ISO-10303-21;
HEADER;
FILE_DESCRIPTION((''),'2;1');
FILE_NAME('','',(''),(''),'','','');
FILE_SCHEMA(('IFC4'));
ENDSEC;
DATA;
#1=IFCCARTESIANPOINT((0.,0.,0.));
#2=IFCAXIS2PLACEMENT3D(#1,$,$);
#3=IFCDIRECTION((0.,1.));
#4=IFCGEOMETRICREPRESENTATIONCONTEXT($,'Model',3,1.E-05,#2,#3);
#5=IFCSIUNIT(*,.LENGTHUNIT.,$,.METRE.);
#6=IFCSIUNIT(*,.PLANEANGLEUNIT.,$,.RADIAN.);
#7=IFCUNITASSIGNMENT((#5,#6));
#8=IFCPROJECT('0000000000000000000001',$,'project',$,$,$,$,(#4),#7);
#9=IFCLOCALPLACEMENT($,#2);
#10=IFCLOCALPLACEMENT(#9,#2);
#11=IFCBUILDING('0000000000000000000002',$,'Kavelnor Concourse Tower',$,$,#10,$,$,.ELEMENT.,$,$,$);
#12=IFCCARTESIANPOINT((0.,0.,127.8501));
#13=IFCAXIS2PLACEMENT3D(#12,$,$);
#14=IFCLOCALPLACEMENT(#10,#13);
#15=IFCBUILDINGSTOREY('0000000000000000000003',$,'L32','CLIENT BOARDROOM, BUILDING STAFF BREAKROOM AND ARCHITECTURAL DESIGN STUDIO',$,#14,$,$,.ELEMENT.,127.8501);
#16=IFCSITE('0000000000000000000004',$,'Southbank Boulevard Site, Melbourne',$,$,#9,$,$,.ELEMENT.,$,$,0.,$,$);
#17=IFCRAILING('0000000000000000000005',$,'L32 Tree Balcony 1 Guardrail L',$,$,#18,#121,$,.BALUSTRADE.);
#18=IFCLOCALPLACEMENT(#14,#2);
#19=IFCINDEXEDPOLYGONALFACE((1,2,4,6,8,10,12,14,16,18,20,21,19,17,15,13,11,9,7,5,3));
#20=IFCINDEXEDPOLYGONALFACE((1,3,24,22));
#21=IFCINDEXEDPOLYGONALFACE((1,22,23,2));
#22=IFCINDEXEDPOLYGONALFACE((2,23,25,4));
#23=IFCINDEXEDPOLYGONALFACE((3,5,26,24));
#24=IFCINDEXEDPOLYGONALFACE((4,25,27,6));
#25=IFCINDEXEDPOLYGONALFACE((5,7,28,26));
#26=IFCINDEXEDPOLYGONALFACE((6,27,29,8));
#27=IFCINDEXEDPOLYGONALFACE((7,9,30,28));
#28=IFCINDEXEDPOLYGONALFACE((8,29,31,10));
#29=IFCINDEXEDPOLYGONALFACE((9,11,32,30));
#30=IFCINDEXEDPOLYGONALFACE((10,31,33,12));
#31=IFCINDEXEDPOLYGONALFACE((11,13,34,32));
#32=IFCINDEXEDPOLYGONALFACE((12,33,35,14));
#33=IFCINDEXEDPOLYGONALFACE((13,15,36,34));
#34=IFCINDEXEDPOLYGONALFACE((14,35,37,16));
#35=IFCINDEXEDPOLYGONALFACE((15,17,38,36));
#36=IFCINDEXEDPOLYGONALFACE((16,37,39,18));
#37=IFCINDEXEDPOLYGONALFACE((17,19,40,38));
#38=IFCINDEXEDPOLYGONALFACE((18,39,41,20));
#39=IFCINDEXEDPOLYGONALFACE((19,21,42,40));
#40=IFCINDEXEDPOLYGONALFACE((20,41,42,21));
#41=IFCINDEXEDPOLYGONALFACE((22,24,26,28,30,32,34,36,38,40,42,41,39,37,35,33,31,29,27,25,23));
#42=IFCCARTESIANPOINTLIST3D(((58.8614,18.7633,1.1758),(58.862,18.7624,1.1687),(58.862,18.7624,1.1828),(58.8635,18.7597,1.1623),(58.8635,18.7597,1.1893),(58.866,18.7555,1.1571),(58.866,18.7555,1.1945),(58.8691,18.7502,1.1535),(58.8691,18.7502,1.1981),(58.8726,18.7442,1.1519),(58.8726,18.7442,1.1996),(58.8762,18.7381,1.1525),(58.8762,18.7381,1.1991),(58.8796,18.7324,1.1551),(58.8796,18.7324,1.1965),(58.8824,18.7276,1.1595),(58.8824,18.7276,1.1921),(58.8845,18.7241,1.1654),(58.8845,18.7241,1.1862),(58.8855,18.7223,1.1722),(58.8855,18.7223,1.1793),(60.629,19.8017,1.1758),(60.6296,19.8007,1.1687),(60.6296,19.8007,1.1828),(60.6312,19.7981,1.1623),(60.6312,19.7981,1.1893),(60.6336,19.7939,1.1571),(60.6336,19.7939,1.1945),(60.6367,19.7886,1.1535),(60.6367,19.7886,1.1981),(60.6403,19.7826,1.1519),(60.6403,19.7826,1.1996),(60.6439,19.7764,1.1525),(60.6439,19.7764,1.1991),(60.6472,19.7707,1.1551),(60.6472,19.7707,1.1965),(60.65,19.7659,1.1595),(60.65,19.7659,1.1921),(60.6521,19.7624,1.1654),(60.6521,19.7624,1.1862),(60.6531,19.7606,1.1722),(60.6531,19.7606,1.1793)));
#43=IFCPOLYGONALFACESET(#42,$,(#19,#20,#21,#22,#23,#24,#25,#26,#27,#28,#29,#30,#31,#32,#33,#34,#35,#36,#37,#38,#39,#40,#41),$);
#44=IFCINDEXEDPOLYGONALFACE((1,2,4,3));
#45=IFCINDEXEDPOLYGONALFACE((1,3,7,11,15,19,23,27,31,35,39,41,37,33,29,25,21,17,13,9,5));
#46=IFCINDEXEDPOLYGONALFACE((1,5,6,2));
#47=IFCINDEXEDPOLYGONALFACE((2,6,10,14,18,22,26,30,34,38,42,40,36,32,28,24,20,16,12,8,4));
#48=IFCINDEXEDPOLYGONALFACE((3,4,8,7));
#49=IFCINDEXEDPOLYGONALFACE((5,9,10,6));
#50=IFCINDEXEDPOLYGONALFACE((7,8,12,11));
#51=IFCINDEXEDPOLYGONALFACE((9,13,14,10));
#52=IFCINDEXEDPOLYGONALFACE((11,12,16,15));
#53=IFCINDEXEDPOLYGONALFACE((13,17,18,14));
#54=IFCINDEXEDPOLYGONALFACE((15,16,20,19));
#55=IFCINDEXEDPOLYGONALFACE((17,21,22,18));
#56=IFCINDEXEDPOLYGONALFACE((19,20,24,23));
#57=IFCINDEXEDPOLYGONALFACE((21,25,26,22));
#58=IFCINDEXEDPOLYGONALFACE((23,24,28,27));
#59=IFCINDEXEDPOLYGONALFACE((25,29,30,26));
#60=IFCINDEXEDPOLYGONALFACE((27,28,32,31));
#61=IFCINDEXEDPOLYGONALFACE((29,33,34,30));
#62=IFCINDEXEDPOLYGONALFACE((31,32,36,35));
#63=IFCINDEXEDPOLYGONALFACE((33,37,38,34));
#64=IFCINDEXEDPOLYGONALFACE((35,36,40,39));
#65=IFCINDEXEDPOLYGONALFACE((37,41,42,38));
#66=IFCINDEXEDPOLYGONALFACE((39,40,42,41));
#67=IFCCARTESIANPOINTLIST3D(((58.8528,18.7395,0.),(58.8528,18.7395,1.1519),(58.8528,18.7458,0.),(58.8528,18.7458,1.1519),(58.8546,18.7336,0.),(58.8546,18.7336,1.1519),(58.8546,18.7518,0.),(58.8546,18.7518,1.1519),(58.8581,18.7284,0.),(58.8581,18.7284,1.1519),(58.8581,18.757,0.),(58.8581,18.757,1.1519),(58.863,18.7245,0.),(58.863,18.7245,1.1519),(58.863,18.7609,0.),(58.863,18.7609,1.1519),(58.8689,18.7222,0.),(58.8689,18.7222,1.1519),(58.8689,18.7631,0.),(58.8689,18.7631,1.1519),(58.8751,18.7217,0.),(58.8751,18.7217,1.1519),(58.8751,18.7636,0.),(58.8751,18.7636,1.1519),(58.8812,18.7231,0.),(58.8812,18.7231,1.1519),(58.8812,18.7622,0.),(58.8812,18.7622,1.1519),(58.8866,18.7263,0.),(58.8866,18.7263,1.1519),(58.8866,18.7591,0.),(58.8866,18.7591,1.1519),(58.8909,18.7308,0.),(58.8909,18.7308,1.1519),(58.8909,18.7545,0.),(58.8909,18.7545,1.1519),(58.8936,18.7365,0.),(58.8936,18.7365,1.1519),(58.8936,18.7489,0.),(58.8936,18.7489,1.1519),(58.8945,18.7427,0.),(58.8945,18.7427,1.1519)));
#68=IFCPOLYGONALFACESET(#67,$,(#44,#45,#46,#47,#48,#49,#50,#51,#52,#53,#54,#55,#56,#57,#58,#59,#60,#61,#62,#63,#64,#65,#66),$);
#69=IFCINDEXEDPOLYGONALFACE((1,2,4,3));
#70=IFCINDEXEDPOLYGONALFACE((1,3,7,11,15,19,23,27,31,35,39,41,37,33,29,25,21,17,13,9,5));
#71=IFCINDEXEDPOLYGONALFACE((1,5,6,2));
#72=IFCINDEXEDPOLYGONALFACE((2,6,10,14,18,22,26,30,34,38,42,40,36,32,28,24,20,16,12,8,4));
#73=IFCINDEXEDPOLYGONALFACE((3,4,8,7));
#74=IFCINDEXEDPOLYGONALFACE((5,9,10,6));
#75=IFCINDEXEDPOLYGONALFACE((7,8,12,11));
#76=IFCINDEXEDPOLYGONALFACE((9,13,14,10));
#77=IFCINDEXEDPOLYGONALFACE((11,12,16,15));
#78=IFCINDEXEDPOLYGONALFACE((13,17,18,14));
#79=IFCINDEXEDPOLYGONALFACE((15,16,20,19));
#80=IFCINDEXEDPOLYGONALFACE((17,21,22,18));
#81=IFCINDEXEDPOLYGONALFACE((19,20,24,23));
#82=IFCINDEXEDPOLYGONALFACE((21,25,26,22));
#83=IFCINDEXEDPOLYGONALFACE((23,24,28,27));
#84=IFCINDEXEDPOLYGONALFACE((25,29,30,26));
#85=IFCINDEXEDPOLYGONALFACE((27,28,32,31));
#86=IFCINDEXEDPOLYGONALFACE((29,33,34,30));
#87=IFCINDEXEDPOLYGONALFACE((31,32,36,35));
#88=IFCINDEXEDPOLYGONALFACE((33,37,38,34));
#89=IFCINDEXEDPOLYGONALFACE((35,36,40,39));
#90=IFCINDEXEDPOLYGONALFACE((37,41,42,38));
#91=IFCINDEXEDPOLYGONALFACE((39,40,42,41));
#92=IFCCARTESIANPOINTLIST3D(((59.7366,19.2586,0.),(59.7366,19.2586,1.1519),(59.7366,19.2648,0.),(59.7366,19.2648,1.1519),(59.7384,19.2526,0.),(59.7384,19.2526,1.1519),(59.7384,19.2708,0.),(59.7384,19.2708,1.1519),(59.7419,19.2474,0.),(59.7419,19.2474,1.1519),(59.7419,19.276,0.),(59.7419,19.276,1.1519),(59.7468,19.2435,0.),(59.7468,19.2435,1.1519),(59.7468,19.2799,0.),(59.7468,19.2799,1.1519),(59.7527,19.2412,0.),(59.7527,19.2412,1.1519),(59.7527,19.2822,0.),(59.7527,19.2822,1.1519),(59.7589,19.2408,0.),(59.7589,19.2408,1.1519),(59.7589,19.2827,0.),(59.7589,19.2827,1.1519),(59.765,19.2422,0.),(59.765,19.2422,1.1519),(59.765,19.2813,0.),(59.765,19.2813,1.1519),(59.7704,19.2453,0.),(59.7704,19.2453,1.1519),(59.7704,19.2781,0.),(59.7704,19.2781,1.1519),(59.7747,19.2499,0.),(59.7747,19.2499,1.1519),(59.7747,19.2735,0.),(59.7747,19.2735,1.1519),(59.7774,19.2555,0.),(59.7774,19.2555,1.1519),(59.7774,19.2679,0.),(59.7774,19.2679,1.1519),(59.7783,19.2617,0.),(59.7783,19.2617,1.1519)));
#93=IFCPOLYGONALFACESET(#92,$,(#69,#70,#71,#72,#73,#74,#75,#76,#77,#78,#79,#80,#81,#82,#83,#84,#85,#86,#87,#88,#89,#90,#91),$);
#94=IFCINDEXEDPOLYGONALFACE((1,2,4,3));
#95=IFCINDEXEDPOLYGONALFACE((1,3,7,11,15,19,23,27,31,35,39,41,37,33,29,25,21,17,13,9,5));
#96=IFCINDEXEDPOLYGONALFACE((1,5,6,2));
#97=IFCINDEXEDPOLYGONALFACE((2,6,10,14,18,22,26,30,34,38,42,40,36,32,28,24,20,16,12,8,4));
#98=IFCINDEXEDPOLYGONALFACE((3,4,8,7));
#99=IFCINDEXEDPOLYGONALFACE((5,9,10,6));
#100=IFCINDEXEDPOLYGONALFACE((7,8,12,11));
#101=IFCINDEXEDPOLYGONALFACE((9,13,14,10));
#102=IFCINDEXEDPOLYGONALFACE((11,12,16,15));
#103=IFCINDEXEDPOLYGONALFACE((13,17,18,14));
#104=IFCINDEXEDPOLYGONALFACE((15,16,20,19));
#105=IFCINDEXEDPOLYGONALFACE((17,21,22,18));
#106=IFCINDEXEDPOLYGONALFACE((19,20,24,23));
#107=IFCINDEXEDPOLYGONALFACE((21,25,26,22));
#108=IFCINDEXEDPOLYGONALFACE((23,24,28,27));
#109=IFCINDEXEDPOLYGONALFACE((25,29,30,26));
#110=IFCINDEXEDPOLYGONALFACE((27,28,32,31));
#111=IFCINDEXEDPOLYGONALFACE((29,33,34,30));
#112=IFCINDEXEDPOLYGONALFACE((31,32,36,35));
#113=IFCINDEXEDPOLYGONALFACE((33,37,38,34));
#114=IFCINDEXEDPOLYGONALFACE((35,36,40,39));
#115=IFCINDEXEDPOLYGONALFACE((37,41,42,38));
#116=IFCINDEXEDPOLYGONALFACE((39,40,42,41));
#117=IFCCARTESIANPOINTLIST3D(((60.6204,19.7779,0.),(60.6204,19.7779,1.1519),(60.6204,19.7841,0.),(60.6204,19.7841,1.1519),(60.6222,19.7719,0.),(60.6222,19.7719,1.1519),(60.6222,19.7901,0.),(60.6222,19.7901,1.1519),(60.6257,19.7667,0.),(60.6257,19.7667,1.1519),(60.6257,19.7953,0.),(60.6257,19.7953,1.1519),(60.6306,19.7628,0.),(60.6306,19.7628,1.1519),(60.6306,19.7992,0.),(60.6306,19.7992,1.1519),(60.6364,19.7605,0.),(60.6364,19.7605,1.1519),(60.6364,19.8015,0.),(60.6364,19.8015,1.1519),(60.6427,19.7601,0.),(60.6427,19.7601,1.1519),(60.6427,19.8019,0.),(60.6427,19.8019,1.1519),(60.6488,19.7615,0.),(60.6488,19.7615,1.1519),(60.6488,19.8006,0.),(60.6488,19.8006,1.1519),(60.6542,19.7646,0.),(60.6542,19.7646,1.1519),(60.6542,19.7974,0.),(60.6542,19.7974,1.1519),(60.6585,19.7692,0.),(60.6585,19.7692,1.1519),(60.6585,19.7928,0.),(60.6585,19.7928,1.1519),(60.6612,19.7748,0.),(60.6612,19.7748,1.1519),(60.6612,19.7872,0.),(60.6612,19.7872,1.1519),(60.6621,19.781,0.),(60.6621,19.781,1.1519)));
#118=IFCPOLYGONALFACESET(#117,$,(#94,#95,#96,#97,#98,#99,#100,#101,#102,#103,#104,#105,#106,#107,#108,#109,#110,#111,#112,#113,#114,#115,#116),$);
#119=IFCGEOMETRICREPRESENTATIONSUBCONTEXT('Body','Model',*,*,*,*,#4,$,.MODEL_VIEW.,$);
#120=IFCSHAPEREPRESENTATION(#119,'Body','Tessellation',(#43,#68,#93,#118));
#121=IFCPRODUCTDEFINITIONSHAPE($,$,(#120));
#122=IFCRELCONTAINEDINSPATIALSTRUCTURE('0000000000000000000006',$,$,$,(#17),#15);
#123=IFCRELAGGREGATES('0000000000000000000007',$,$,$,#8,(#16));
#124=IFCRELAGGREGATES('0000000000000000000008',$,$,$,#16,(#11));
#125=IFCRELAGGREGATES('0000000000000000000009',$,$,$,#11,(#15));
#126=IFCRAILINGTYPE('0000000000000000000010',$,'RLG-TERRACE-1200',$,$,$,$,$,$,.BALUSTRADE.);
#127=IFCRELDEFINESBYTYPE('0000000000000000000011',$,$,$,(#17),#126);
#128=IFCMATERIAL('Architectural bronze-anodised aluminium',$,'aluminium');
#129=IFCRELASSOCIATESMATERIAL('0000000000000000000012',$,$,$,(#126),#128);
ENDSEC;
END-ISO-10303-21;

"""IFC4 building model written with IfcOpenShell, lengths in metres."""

from ifc_helpers import new_model, si_unit, direction, frame, origin, origin_2d, place, context, subcontext, project, spatial, circle, extrude, material, type_object, element, save


model = new_model("IFC4")

# Units and contexts
model_context = context("Model", 3, precision=1e-05, world=origin(), true_north=direction((0.0, 1.0)))
body_context = subcontext(model_context, "Body", "Model", "MODEL_VIEW")
ifc_project = project(units=[si_unit("LENGTHUNIT", "METRE"), si_unit("PLANEANGLEUNIT", "RADIAN")], contexts=[model_context])

# Site, building, storey
site_placement = place(None, origin())
site = spatial("IfcSite", under=ifc_project, at=site_placement, Name="Southbank Boulevard Site, Melbourne", CompositionType="ELEMENT", RefElevation=0.0)
building_placement = place(site_placement, origin())
building = spatial("IfcBuilding", under=site, at=building_placement, Name="Kavelnor Concourse Tower", CompositionType="ELEMENT")
storey_placement = place(building_placement, frame((0.0, 0.0, 127.8501)))
storey = spatial("IfcBuildingStorey", under=building, at=storey_placement, Name="L32", Description="CLIENT BOARDROOM, BUILDING STAFF BREAKROOM AND ARCHITECTURAL DESIGN STUDIO", CompositionType="ELEMENT", Elevation=127.8501)

# Railing
ifc_material_1 = material(Name="Architectural bronze-anodised aluminium", Category="aluminium")
railing_type_1 = type_object("IfcRailingType", Name="RLG-TERRACE-1200", PredefinedType="BALUSTRADE", material=ifc_material_1)
railing_1_placement = place(storey_placement, frame((58.8735, 18.7427, 0.0)))
element("IfcRailing", 1, at=railing_1_placement, inside=storey, type_object=railing_type_1, Name="L32 Tree Balcony 1 Guardrail L", PredefinedType="BALUSTRADE", context=body_context, shape_type="SweptSolid", body=[
    extrude(circle(Radius=0.0239, at=origin_2d()), frame((0.0, 0.0, 1.1758), z_axis=(0.862237, 0.506505, 0.0), x_axis=(-0.506505, 0.862237, 0.0)), (0.0, 0.0, 1.0), 2.05),
    extrude(circle(Radius=0.021, at=origin_2d()), origin(), (0.0, 0.0, 1.0), 1.1519),
    extrude(circle(Radius=0.021, at=origin_2d()), frame((0.8838, 0.519, 0.0)), (0.0, 0.0, 1.0), 1.1519),
    extrude(circle(Radius=0.021, at=origin_2d()), frame((1.7676, 1.0383, 0.0)), (0.0, 0.0, 1.0), 1.1519),
])

save(model, "model.ifc")
